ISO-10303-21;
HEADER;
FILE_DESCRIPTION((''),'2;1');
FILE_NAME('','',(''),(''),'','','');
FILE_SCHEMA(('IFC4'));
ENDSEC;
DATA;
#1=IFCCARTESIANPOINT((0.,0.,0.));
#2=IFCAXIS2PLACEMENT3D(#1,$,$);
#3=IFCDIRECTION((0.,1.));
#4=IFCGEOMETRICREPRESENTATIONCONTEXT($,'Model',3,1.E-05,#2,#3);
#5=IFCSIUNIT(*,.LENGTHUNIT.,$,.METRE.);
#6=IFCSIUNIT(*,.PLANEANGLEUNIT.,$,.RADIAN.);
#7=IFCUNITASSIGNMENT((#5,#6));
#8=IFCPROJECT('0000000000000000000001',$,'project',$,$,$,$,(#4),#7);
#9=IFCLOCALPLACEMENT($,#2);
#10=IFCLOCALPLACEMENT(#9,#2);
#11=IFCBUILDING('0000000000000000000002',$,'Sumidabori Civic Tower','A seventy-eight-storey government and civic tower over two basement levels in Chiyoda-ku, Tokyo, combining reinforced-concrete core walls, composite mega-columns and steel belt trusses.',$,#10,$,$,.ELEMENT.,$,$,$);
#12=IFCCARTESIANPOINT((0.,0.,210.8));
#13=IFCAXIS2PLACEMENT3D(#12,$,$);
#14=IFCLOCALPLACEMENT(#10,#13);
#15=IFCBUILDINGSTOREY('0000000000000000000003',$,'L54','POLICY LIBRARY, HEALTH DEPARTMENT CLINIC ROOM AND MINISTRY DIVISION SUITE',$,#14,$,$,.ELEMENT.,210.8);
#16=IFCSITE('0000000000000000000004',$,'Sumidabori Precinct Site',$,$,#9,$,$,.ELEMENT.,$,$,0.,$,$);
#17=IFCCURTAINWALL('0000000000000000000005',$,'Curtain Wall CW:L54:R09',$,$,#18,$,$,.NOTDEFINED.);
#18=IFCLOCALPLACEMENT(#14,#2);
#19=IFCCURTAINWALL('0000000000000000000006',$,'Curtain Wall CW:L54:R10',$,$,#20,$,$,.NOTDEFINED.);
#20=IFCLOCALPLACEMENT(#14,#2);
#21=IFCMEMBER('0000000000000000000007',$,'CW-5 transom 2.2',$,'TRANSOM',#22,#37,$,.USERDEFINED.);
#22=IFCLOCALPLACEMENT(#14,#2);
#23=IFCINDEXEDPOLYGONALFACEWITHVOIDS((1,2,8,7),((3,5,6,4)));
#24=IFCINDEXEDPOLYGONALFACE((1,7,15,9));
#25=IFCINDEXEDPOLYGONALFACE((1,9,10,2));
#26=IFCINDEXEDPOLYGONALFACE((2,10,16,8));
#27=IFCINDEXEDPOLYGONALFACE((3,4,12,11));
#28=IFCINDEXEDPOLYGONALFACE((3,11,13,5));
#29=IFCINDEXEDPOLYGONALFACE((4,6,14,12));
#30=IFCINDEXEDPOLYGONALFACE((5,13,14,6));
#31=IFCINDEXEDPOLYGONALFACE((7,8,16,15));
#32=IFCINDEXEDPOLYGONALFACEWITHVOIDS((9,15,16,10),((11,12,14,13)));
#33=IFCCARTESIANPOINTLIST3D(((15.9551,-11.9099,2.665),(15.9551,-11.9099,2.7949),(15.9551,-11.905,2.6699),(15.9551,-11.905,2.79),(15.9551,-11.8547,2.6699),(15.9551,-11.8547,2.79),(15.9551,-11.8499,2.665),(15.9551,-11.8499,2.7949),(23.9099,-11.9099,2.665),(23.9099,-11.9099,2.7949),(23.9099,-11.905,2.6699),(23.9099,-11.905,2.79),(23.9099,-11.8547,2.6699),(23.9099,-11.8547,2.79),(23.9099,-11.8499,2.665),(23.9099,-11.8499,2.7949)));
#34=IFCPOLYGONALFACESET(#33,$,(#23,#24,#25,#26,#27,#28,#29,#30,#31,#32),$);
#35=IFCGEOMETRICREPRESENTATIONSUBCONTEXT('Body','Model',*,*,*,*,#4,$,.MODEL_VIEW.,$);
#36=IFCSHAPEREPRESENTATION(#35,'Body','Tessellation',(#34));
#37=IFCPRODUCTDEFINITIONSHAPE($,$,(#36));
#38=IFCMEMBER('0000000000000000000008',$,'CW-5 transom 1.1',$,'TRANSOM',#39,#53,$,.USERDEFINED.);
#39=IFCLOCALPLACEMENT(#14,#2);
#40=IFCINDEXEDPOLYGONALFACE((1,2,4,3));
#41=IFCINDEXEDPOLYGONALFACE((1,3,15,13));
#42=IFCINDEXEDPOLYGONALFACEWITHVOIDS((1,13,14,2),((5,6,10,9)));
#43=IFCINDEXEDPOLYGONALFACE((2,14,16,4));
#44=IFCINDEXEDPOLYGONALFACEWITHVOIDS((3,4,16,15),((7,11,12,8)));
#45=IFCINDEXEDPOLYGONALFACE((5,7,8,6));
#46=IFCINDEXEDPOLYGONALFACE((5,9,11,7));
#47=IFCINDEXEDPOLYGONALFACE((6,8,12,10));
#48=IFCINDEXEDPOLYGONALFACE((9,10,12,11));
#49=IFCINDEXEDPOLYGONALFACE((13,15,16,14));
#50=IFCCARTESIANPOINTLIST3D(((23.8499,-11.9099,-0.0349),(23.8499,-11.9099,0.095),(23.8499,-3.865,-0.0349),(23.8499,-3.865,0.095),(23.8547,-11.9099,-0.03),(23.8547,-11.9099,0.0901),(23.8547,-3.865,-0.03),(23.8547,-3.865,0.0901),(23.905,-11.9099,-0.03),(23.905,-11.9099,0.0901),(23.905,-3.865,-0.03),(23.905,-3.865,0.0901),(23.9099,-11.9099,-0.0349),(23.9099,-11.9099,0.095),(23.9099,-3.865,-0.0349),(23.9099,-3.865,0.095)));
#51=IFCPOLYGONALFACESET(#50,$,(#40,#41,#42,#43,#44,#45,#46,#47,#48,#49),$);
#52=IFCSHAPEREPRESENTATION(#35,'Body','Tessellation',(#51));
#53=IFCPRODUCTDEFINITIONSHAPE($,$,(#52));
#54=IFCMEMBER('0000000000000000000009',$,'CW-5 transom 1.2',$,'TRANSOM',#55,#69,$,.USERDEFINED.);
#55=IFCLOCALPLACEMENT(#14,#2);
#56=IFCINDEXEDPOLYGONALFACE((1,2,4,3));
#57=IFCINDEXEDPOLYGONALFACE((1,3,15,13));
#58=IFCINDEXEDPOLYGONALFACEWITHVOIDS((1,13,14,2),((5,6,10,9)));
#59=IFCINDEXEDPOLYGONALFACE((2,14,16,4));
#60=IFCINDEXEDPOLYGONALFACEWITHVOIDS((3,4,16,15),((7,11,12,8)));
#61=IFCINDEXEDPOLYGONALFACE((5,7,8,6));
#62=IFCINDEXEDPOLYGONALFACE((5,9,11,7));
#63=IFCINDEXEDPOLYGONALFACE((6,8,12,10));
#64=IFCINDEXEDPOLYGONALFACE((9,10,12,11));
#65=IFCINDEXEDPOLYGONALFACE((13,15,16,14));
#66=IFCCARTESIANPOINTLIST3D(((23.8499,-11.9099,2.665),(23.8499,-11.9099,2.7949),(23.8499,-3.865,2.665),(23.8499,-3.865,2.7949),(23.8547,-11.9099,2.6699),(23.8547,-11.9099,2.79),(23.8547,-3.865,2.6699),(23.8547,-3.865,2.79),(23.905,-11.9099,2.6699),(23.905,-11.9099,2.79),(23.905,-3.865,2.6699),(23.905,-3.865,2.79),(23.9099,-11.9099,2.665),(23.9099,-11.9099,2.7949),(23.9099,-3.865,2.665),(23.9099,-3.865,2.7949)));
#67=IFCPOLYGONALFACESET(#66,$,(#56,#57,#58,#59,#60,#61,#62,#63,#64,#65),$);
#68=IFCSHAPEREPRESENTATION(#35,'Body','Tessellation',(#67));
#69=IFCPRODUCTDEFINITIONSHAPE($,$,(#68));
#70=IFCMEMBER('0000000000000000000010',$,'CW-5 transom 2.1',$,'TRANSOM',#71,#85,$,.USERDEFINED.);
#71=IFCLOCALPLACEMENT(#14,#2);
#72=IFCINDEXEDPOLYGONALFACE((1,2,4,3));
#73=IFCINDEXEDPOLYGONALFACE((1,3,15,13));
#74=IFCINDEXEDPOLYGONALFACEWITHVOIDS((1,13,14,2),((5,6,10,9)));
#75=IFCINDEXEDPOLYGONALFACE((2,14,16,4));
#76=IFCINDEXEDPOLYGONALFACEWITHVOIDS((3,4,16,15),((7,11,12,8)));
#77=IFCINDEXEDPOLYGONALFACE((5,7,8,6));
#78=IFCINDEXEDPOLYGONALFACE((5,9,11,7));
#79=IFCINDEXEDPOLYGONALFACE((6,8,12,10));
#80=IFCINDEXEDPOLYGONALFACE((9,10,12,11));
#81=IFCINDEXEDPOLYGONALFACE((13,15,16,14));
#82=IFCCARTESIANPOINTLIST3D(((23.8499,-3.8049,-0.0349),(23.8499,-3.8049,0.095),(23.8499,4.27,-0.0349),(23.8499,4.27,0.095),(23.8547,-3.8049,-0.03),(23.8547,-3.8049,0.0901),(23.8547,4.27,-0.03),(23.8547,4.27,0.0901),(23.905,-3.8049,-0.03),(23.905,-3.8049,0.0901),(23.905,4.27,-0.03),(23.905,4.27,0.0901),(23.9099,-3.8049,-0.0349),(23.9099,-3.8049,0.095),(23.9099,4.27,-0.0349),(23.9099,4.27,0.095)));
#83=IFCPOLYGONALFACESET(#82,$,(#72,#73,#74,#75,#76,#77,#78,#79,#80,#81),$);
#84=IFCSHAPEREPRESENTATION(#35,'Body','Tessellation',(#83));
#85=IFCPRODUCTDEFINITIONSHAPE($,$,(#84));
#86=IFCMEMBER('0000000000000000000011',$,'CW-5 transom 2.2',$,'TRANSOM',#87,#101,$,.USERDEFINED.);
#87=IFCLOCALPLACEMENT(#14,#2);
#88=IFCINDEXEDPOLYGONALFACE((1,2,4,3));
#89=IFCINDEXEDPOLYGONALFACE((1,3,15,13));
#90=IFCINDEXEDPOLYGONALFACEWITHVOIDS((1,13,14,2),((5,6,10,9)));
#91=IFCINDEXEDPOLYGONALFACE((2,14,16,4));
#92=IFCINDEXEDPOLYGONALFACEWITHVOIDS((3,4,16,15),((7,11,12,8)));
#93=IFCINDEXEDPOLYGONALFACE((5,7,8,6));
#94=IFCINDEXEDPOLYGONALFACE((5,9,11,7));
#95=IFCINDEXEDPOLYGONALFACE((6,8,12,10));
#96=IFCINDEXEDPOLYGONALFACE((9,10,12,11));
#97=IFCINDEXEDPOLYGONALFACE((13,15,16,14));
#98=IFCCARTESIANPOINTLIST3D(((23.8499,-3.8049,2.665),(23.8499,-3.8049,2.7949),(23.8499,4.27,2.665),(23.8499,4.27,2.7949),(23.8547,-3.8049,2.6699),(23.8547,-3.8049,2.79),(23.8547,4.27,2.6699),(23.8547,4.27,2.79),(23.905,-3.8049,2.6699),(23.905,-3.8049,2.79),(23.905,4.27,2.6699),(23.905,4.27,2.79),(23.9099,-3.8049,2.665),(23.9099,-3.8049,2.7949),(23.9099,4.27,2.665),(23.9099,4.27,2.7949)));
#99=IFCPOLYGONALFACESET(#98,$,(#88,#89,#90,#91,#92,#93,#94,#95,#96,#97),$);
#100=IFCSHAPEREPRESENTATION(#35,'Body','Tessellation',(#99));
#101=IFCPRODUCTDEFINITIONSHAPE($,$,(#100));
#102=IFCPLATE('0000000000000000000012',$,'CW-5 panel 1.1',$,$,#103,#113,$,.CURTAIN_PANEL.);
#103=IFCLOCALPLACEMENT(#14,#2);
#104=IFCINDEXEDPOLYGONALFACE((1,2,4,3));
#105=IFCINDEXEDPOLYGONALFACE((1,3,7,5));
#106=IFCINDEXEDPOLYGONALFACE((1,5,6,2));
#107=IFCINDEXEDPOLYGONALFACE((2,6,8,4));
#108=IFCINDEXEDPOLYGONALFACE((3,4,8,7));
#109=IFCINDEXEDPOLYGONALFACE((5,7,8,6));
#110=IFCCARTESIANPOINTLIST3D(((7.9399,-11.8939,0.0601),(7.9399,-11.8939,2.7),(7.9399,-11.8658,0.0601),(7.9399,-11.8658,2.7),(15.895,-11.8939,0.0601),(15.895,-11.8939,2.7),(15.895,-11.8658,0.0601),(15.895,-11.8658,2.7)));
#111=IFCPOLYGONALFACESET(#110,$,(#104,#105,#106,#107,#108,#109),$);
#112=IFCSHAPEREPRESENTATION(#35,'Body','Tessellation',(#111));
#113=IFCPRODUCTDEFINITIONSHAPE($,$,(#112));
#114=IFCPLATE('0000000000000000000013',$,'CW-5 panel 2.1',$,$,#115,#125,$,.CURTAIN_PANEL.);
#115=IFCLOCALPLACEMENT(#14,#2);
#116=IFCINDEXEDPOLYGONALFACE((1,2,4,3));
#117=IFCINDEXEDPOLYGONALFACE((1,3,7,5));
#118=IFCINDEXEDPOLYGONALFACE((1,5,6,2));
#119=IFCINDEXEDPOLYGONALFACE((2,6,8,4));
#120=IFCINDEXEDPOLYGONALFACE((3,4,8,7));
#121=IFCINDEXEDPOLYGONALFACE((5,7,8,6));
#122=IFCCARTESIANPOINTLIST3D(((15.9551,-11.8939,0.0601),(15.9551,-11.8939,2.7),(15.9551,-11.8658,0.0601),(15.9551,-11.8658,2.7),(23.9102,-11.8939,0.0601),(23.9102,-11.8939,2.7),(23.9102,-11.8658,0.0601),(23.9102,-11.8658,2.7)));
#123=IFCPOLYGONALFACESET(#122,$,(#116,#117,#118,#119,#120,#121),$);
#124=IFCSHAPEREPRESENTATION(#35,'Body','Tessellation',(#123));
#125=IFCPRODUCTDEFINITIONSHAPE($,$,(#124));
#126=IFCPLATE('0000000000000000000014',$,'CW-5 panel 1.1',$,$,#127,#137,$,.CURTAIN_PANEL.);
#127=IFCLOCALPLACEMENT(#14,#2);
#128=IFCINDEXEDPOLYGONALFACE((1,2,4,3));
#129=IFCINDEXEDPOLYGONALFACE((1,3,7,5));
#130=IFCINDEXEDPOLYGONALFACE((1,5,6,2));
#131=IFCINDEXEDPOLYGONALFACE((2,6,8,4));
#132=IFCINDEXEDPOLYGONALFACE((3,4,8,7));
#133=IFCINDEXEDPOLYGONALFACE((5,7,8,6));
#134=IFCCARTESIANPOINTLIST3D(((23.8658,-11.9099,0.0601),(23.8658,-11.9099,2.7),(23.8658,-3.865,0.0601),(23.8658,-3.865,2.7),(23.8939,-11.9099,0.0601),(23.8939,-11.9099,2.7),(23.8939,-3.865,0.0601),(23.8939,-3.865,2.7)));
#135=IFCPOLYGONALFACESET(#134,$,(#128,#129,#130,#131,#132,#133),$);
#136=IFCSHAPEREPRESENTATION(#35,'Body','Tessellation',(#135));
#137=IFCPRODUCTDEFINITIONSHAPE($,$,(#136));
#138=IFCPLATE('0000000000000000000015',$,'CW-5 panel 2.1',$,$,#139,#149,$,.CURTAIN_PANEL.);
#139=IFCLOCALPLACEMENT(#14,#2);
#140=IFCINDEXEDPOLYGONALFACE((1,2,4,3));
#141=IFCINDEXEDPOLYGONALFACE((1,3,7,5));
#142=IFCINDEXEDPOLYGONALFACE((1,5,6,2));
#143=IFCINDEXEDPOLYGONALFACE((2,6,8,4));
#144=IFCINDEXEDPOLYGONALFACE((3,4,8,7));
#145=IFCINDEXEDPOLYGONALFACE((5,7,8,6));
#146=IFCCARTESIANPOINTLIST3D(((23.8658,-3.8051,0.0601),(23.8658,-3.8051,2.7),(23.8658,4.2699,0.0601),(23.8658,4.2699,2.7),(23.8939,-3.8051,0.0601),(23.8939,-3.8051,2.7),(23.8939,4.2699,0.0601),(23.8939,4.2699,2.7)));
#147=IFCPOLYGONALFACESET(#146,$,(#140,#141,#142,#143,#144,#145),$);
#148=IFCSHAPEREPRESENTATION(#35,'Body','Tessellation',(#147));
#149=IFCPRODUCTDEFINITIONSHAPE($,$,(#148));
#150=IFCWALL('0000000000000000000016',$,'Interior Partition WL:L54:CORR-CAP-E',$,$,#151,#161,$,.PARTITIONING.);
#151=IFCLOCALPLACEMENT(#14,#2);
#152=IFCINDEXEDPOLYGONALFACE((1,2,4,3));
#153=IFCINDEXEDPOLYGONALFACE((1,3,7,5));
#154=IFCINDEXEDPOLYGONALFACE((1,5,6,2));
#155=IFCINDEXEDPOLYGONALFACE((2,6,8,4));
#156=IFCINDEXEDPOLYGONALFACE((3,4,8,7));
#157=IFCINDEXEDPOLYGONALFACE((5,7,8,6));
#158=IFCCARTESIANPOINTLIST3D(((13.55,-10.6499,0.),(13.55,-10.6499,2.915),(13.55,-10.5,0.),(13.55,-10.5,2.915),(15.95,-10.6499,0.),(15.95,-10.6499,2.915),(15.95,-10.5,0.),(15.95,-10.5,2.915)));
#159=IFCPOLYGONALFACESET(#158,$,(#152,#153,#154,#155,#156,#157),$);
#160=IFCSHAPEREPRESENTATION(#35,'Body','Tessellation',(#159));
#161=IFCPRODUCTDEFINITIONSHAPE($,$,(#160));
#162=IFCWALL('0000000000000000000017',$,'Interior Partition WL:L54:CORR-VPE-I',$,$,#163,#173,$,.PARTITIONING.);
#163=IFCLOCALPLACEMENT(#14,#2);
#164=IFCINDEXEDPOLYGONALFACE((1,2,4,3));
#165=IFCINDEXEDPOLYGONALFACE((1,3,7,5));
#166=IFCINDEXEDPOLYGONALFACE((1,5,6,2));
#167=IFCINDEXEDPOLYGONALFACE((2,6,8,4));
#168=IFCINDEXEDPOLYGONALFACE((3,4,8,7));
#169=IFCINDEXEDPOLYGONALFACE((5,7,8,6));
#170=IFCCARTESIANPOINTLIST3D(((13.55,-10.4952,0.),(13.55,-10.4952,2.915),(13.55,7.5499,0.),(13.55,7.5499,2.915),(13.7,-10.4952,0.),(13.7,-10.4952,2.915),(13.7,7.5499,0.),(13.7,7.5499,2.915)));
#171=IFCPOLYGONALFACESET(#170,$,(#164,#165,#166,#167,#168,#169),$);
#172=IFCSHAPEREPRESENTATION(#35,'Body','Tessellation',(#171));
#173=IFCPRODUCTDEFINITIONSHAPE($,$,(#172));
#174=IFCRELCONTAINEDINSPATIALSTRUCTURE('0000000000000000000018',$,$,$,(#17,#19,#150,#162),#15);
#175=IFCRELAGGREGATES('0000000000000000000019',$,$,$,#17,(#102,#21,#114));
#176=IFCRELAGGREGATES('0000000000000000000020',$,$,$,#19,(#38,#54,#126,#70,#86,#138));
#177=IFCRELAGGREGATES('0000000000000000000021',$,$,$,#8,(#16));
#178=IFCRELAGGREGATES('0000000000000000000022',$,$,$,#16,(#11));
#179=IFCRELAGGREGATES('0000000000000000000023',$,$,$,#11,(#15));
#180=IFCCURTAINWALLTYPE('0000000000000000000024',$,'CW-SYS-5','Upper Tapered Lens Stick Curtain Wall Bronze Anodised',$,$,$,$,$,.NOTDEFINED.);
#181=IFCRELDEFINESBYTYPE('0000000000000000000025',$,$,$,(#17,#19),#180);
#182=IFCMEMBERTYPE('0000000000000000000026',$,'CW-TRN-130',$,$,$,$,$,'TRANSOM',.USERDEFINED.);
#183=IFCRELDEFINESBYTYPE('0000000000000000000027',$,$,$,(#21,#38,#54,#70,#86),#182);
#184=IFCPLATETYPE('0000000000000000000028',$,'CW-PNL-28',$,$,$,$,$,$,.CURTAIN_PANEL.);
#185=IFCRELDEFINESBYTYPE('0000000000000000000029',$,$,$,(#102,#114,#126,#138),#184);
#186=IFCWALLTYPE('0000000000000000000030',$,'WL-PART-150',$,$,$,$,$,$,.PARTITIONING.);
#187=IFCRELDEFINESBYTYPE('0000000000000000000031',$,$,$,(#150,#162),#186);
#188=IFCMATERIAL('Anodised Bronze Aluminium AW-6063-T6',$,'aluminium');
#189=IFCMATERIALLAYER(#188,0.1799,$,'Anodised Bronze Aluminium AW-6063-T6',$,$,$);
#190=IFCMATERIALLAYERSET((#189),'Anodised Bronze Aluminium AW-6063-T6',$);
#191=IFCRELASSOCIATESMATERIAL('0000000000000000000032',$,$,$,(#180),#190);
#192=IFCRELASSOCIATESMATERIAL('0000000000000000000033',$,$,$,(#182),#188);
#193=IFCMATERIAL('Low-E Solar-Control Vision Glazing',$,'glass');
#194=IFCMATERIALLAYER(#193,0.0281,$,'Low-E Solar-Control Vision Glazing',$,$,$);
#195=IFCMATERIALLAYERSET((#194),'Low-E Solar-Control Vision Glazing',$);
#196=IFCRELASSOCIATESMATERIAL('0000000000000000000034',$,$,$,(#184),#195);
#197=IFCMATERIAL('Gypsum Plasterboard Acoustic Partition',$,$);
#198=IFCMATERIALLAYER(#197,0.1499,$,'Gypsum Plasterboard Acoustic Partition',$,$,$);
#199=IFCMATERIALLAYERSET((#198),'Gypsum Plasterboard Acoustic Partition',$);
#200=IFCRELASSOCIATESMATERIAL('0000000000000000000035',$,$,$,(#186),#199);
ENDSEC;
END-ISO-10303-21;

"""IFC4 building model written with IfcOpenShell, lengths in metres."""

from ifc_helpers import new_model, si_unit, direction, frame, frame_2d, origin, origin_2d, place, context, subcontext, project, spatial, rectangle, hollow_rectangle, extrude, source, transform, mapped, material, layer, layer_set, material_profile, profile_set, type_object, element, aggregate, save


model = new_model("IFC4")

# Units and contexts
model_context = context("Model", 3, precision=1e-05, world=origin(), true_north=direction((0.0, 1.0)))
body_context = subcontext(model_context, "Body", "Model", "MODEL_VIEW")
ifc_project = project(units=[si_unit("LENGTHUNIT", "METRE"), si_unit("PLANEANGLEUNIT", "RADIAN")], contexts=[model_context])

# Site, building, storey
site_placement = place(None, origin())
site = spatial("IfcSite", under=ifc_project, at=site_placement, Name="Sumidabori Precinct Site", CompositionType="ELEMENT", RefElevation=0.0)
building_placement = place(site_placement, origin())
building = spatial("IfcBuilding", under=site, at=building_placement, Name="Sumidabori Civic Tower", Description="A seventy-eight-storey government and civic tower over two basement levels in Chiyoda-ku, Tokyo, combining reinforced-concrete core walls, composite mega-columns and steel belt trusses.", CompositionType="ELEMENT")
storey_placement = place(building_placement, frame((0.0, 0.0, 210.8)))
storey = spatial("IfcBuildingStorey", under=building, at=storey_placement, Name="L54", Description="POLICY LIBRARY, HEALTH DEPARTMENT CLINIC ROOM AND MINISTRY DIVISION SUITE", CompositionType="ELEMENT", Elevation=210.8)

# Curtain walls
ifc_material_1 = material(Name="Anodised Bronze Aluminium AW-6063-T6", Category="aluminium")
ifc_layer_1 = layer(ifc_material_1, 0.1799, Name="Anodised Bronze Aluminium AW-6063-T6")
ifc_layer_set_1 = layer_set([ifc_layer_1], Name="Anodised Bronze Aluminium AW-6063-T6")
curtain_wall_type = type_object("IfcCurtainWallType", Name="CW-SYS-5", Description="Upper Tapered Lens Stick Curtain Wall Bronze Anodised", PredefinedType="NOTDEFINED", material=ifc_layer_set_1)
curtain_wall_1_placement = place(storey_placement, origin())
curtain_wall_1 = element("IfcCurtainWall", 1, at=curtain_wall_1_placement, inside=storey, type_object=curtain_wall_type, Name="Curtain Wall CW:L54:R09", PredefinedType="NOTDEFINED")
curtain_wall_2_placement = place(storey_placement, origin())
curtain_wall_2 = element("IfcCurtainWall", 2, at=curtain_wall_2_placement, inside=storey, type_object=curtain_wall_type, Name="Curtain Wall CW:L54:R10", PredefinedType="NOTDEFINED")

# Members
ifc_material_profile_1 = material_profile(ifc_material_1, hollow_rectangle(XDim=0.0601, YDim=0.1299, WallThickness=0.0049, at=origin_2d()), Name="ALU TRANSOM 130x60")
ifc_profile_set_1 = profile_set([ifc_material_profile_1], Name="Anodised Bronze Aluminium AW-6063-T6")
member_type_1 = type_object("IfcMemberType", Name="CW-TRN-130", ElementType="TRANSOM", PredefinedType="USERDEFINED", material=ifc_profile_set_1)
shared_shape_1 = source(origin(), body_context, "Body", "SweptSolid", [
    extrude(hollow_rectangle(XDim=0.0601, YDim=0.1299, WallThickness=0.0049, at=origin_2d()), origin(), (0.0, 0.0, 1.0), 7.9548),
])
member_1_placement = place(storey_placement, frame((15.9551, -11.8799, 2.73), z_axis=(1.0, 0.0, 0.0), x_axis=(0.0, 1.0, 0.0)))
member_1 = element("IfcMember", 3, at=member_1_placement, type_object=member_type_1, Name="CW-5 transom 2.2", ObjectType="TRANSOM", PredefinedType="USERDEFINED", context=body_context, shape_type="MappedRepresentation", body=[
    mapped(shared_shape_1, transform((0.0, 0.0, 0.0), x_axis=(1.0, 0.0, 0.0), y_axis=(0.0, 1.0, 0.0), z_axis=(0.0, 0.0, 1.0), scale=1.0)),
])
shared_shape_2 = source(origin(), body_context, "Body", "SweptSolid", [
    extrude(hollow_rectangle(XDim=0.0601, YDim=0.1299, WallThickness=0.0049, at=origin_2d()), origin(), (0.0, 0.0, 1.0), 8.0449),
])
member_2_placement = place(storey_placement, frame((23.8799, -11.9099, 0.03), z_axis=(0.0, 1.0, 0.0), x_axis=(-1.0, 0.0, 0.0)))
member_2 = element("IfcMember", 4, at=member_2_placement, type_object=member_type_1, Name="CW-5 transom 1.1", ObjectType="TRANSOM", PredefinedType="USERDEFINED", context=body_context, shape_type="MappedRepresentation", body=[
    mapped(shared_shape_2, transform((0.0, 0.0, 0.0), x_axis=(1.0, 0.0, 0.0), y_axis=(0.0, 1.0, 0.0), z_axis=(0.0, 0.0, 1.0), scale=1.0)),
])
member_3_placement = place(storey_placement, frame((23.8799, -11.9099, 2.73), z_axis=(0.0, 1.0, 0.0), x_axis=(-1.0, 0.0, 0.0)))
member_3 = element("IfcMember", 5, at=member_3_placement, type_object=member_type_1, Name="CW-5 transom 1.2", ObjectType="TRANSOM", PredefinedType="USERDEFINED", context=body_context, shape_type="MappedRepresentation", body=[
    mapped(shared_shape_2, transform((0.0, 0.0, 0.0), x_axis=(1.0, 0.0, 0.0), y_axis=(0.0, 1.0, 0.0), z_axis=(0.0, 0.0, 1.0), scale=1.0)),
])
shared_shape_3 = source(origin(), body_context, "Body", "SweptSolid", [
    extrude(hollow_rectangle(XDim=0.0601, YDim=0.1299, WallThickness=0.0049, at=origin_2d()), origin(), (0.0, 0.0, 1.0), 8.075),
])
member_4_placement = place(storey_placement, frame((23.8799, -3.8049, 0.03), z_axis=(0.0, 1.0, 0.0), x_axis=(-1.0, 0.0, 0.0)))
member_4 = element("IfcMember", 6, at=member_4_placement, type_object=member_type_1, Name="CW-5 transom 2.1", ObjectType="TRANSOM", PredefinedType="USERDEFINED", context=body_context, shape_type="MappedRepresentation", body=[
    mapped(shared_shape_3, transform((0.0, 0.0, 0.0), x_axis=(1.0, 0.0, 0.0), y_axis=(0.0, 1.0, 0.0), z_axis=(0.0, 0.0, 1.0), scale=1.0)),
])
member_5_placement = place(storey_placement, frame((23.8799, -3.8049, 2.73), z_axis=(0.0, 1.0, 0.0), x_axis=(-1.0, 0.0, 0.0)))
member_5 = element("IfcMember", 7, at=member_5_placement, type_object=member_type_1, Name="CW-5 transom 2.2", ObjectType="TRANSOM", PredefinedType="USERDEFINED", context=body_context, shape_type="MappedRepresentation", body=[
    mapped(shared_shape_3, transform((0.0, 0.0, 0.0), x_axis=(1.0, 0.0, 0.0), y_axis=(0.0, 1.0, 0.0), z_axis=(0.0, 0.0, 1.0), scale=1.0)),
])

# Plates
ifc_material_2 = material(Name="Low-E Solar-Control Vision Glazing", Category="glass")
ifc_layer_2 = layer(ifc_material_2, 0.0281, Name="Low-E Solar-Control Vision Glazing")
ifc_layer_set_2 = layer_set([ifc_layer_2], Name="Low-E Solar-Control Vision Glazing")
plate_type = type_object("IfcPlateType", Name="CW-PNL-28", PredefinedType="CURTAIN_PANEL", material=ifc_layer_set_2)
shared_shape_4 = source(origin(), body_context, "Body", "SweptSolid", [
    extrude(rectangle(XDim=7.9551, YDim=0.0281, at=origin_2d()), origin(), (0.0, 0.0, 1.0), 2.6399),
])
plate_1_placement = place(storey_placement, frame((11.9175, -11.8799, 0.0601), z_axis=(0.0, 0.0, 1.0), x_axis=(1.0, 0.0, 0.0)))
plate_1 = element("IfcPlate", 8, at=plate_1_placement, type_object=plate_type, Name="CW-5 panel 1.1", PredefinedType="CURTAIN_PANEL", context=body_context, shape_type="MappedRepresentation", body=[
    mapped(shared_shape_4, transform((0.0, 0.0, 0.0), x_axis=(1.0, 0.0, 0.0), y_axis=(0.0, 1.0, 0.0), z_axis=(0.0, 0.0, 1.0), scale=1.0)),
])
plate_2_placement = place(storey_placement, frame((19.9326, -11.8799, 0.0601), z_axis=(0.0, 0.0, 1.0), x_axis=(1.0, 0.0, 0.0)))
plate_2 = element("IfcPlate", 9, at=plate_2_placement, type_object=plate_type, Name="CW-5 panel 2.1", PredefinedType="CURTAIN_PANEL", context=body_context, shape_type="MappedRepresentation", body=[
    mapped(shared_shape_4, transform((0.0, 0.0, 0.0), x_axis=(1.0, 0.0, 0.0), y_axis=(0.0, 1.0, 0.0), z_axis=(0.0, 0.0, 1.0), scale=1.0)),
])
aggregate(curtain_wall_1, [plate_1, member_1, plate_2])
shared_shape_5 = source(origin(), body_context, "Body", "SweptSolid", [
    extrude(rectangle(XDim=8.0449, YDim=0.0281, at=origin_2d()), origin(), (0.0, 0.0, 1.0), 2.6399),
])
plate_3_placement = place(storey_placement, frame((23.8799, -7.8875, 0.0601), z_axis=(0.0, 0.0, 1.0), x_axis=(0.0, 1.0, 0.0)))
plate_3 = element("IfcPlate", 10, at=plate_3_placement, type_object=plate_type, Name="CW-5 panel 1.1", PredefinedType="CURTAIN_PANEL", context=body_context, shape_type="MappedRepresentation", body=[
    mapped(shared_shape_5, transform((0.0, 0.0, 0.0), x_axis=(1.0, 0.0, 0.0), y_axis=(0.0, 1.0, 0.0), z_axis=(0.0, 0.0, 1.0), scale=1.0)),
])
shared_shape_6 = source(origin(), body_context, "Body", "SweptSolid", [
    extrude(rectangle(XDim=8.075, YDim=0.0281, at=origin_2d()), origin(), (0.0, 0.0, 1.0), 2.6399),
])
plate_4_placement = place(storey_placement, frame((23.8799, 0.2324, 0.0601), z_axis=(0.0, 0.0, 1.0), x_axis=(0.0, 1.0, 0.0)))
plate_4 = element("IfcPlate", 11, at=plate_4_placement, type_object=plate_type, Name="CW-5 panel 2.1", PredefinedType="CURTAIN_PANEL", context=body_context, shape_type="MappedRepresentation", body=[
    mapped(shared_shape_6, transform((0.0, 0.0, 0.0), x_axis=(1.0, 0.0, 0.0), y_axis=(0.0, 1.0, 0.0), z_axis=(0.0, 0.0, 1.0), scale=1.0)),
])
aggregate(curtain_wall_2, [member_2, member_3, plate_3, member_4, member_5, plate_4])

# Walls
ifc_material_3 = material(Name="Gypsum Plasterboard Acoustic Partition")
ifc_layer_3 = layer(ifc_material_3, 0.1499, Name="Gypsum Plasterboard Acoustic Partition")
ifc_layer_set_3 = layer_set([ifc_layer_3], Name="Gypsum Plasterboard Acoustic Partition")
wall_type = type_object("IfcWallType", Name="WL-PART-150", PredefinedType="PARTITIONING", material=ifc_layer_set_3)
shared_shape_7 = source(origin(), body_context, "Body", "SweptSolid", [
    extrude(rectangle(XDim=2.3999, YDim=0.1499, at=frame_2d((1.2, 0.0))), origin(), (0.0, 0.0, 1.0), 2.915),
])
wall_placement = place(storey_placement, frame((13.55, -10.575, 0.0), z_axis=(0.0, 0.0, 1.0), x_axis=(1.0, 0.0, 0.0)))
element("IfcWall", 12, at=wall_placement, inside=storey, type_object=wall_type, Name="Interior Partition WL:L54:CORR-CAP-E", PredefinedType="PARTITIONING", context=body_context, shape_type="MappedRepresentation", body=[
    mapped(shared_shape_7, transform((0.0, 0.0, 0.0), x_axis=(1.0, 0.0, 0.0), y_axis=(0.0, 1.0, 0.0), z_axis=(0.0, 0.0, 1.0), scale=1.0)),
])
shared_shape_8 = source(origin(), body_context, "Body", "SweptSolid", [
    extrude(rectangle(XDim=18.0452, YDim=0.1499, at=frame_2d((9.0225, 0.0))), origin(), (0.0, 0.0, 1.0), 2.915),
])
for number, where, z_axis, x_axis, name in (
    (13, (13.625, -10.4951, 0.0), (0.0, 0.0, 1.0), (0.0, 1.0, 0.0), "Interior Partition WL:L54:CORR-VPE-I"),
):
    element("IfcWall", number, at=place(storey_placement, frame(where, z_axis=z_axis, x_axis=x_axis)), inside=storey, type_object=wall_type, Name=name, PredefinedType="PARTITIONING", context=body_context, shape_type="MappedRepresentation", body=[
        mapped(shared_shape_8, transform((0.0, 0.0, 0.0), x_axis=(1.0, 0.0, 0.0), y_axis=(0.0, 1.0, 0.0), z_axis=(0.0, 0.0, 1.0), scale=1.0)),
    ])

save(model, "model.ifc")
